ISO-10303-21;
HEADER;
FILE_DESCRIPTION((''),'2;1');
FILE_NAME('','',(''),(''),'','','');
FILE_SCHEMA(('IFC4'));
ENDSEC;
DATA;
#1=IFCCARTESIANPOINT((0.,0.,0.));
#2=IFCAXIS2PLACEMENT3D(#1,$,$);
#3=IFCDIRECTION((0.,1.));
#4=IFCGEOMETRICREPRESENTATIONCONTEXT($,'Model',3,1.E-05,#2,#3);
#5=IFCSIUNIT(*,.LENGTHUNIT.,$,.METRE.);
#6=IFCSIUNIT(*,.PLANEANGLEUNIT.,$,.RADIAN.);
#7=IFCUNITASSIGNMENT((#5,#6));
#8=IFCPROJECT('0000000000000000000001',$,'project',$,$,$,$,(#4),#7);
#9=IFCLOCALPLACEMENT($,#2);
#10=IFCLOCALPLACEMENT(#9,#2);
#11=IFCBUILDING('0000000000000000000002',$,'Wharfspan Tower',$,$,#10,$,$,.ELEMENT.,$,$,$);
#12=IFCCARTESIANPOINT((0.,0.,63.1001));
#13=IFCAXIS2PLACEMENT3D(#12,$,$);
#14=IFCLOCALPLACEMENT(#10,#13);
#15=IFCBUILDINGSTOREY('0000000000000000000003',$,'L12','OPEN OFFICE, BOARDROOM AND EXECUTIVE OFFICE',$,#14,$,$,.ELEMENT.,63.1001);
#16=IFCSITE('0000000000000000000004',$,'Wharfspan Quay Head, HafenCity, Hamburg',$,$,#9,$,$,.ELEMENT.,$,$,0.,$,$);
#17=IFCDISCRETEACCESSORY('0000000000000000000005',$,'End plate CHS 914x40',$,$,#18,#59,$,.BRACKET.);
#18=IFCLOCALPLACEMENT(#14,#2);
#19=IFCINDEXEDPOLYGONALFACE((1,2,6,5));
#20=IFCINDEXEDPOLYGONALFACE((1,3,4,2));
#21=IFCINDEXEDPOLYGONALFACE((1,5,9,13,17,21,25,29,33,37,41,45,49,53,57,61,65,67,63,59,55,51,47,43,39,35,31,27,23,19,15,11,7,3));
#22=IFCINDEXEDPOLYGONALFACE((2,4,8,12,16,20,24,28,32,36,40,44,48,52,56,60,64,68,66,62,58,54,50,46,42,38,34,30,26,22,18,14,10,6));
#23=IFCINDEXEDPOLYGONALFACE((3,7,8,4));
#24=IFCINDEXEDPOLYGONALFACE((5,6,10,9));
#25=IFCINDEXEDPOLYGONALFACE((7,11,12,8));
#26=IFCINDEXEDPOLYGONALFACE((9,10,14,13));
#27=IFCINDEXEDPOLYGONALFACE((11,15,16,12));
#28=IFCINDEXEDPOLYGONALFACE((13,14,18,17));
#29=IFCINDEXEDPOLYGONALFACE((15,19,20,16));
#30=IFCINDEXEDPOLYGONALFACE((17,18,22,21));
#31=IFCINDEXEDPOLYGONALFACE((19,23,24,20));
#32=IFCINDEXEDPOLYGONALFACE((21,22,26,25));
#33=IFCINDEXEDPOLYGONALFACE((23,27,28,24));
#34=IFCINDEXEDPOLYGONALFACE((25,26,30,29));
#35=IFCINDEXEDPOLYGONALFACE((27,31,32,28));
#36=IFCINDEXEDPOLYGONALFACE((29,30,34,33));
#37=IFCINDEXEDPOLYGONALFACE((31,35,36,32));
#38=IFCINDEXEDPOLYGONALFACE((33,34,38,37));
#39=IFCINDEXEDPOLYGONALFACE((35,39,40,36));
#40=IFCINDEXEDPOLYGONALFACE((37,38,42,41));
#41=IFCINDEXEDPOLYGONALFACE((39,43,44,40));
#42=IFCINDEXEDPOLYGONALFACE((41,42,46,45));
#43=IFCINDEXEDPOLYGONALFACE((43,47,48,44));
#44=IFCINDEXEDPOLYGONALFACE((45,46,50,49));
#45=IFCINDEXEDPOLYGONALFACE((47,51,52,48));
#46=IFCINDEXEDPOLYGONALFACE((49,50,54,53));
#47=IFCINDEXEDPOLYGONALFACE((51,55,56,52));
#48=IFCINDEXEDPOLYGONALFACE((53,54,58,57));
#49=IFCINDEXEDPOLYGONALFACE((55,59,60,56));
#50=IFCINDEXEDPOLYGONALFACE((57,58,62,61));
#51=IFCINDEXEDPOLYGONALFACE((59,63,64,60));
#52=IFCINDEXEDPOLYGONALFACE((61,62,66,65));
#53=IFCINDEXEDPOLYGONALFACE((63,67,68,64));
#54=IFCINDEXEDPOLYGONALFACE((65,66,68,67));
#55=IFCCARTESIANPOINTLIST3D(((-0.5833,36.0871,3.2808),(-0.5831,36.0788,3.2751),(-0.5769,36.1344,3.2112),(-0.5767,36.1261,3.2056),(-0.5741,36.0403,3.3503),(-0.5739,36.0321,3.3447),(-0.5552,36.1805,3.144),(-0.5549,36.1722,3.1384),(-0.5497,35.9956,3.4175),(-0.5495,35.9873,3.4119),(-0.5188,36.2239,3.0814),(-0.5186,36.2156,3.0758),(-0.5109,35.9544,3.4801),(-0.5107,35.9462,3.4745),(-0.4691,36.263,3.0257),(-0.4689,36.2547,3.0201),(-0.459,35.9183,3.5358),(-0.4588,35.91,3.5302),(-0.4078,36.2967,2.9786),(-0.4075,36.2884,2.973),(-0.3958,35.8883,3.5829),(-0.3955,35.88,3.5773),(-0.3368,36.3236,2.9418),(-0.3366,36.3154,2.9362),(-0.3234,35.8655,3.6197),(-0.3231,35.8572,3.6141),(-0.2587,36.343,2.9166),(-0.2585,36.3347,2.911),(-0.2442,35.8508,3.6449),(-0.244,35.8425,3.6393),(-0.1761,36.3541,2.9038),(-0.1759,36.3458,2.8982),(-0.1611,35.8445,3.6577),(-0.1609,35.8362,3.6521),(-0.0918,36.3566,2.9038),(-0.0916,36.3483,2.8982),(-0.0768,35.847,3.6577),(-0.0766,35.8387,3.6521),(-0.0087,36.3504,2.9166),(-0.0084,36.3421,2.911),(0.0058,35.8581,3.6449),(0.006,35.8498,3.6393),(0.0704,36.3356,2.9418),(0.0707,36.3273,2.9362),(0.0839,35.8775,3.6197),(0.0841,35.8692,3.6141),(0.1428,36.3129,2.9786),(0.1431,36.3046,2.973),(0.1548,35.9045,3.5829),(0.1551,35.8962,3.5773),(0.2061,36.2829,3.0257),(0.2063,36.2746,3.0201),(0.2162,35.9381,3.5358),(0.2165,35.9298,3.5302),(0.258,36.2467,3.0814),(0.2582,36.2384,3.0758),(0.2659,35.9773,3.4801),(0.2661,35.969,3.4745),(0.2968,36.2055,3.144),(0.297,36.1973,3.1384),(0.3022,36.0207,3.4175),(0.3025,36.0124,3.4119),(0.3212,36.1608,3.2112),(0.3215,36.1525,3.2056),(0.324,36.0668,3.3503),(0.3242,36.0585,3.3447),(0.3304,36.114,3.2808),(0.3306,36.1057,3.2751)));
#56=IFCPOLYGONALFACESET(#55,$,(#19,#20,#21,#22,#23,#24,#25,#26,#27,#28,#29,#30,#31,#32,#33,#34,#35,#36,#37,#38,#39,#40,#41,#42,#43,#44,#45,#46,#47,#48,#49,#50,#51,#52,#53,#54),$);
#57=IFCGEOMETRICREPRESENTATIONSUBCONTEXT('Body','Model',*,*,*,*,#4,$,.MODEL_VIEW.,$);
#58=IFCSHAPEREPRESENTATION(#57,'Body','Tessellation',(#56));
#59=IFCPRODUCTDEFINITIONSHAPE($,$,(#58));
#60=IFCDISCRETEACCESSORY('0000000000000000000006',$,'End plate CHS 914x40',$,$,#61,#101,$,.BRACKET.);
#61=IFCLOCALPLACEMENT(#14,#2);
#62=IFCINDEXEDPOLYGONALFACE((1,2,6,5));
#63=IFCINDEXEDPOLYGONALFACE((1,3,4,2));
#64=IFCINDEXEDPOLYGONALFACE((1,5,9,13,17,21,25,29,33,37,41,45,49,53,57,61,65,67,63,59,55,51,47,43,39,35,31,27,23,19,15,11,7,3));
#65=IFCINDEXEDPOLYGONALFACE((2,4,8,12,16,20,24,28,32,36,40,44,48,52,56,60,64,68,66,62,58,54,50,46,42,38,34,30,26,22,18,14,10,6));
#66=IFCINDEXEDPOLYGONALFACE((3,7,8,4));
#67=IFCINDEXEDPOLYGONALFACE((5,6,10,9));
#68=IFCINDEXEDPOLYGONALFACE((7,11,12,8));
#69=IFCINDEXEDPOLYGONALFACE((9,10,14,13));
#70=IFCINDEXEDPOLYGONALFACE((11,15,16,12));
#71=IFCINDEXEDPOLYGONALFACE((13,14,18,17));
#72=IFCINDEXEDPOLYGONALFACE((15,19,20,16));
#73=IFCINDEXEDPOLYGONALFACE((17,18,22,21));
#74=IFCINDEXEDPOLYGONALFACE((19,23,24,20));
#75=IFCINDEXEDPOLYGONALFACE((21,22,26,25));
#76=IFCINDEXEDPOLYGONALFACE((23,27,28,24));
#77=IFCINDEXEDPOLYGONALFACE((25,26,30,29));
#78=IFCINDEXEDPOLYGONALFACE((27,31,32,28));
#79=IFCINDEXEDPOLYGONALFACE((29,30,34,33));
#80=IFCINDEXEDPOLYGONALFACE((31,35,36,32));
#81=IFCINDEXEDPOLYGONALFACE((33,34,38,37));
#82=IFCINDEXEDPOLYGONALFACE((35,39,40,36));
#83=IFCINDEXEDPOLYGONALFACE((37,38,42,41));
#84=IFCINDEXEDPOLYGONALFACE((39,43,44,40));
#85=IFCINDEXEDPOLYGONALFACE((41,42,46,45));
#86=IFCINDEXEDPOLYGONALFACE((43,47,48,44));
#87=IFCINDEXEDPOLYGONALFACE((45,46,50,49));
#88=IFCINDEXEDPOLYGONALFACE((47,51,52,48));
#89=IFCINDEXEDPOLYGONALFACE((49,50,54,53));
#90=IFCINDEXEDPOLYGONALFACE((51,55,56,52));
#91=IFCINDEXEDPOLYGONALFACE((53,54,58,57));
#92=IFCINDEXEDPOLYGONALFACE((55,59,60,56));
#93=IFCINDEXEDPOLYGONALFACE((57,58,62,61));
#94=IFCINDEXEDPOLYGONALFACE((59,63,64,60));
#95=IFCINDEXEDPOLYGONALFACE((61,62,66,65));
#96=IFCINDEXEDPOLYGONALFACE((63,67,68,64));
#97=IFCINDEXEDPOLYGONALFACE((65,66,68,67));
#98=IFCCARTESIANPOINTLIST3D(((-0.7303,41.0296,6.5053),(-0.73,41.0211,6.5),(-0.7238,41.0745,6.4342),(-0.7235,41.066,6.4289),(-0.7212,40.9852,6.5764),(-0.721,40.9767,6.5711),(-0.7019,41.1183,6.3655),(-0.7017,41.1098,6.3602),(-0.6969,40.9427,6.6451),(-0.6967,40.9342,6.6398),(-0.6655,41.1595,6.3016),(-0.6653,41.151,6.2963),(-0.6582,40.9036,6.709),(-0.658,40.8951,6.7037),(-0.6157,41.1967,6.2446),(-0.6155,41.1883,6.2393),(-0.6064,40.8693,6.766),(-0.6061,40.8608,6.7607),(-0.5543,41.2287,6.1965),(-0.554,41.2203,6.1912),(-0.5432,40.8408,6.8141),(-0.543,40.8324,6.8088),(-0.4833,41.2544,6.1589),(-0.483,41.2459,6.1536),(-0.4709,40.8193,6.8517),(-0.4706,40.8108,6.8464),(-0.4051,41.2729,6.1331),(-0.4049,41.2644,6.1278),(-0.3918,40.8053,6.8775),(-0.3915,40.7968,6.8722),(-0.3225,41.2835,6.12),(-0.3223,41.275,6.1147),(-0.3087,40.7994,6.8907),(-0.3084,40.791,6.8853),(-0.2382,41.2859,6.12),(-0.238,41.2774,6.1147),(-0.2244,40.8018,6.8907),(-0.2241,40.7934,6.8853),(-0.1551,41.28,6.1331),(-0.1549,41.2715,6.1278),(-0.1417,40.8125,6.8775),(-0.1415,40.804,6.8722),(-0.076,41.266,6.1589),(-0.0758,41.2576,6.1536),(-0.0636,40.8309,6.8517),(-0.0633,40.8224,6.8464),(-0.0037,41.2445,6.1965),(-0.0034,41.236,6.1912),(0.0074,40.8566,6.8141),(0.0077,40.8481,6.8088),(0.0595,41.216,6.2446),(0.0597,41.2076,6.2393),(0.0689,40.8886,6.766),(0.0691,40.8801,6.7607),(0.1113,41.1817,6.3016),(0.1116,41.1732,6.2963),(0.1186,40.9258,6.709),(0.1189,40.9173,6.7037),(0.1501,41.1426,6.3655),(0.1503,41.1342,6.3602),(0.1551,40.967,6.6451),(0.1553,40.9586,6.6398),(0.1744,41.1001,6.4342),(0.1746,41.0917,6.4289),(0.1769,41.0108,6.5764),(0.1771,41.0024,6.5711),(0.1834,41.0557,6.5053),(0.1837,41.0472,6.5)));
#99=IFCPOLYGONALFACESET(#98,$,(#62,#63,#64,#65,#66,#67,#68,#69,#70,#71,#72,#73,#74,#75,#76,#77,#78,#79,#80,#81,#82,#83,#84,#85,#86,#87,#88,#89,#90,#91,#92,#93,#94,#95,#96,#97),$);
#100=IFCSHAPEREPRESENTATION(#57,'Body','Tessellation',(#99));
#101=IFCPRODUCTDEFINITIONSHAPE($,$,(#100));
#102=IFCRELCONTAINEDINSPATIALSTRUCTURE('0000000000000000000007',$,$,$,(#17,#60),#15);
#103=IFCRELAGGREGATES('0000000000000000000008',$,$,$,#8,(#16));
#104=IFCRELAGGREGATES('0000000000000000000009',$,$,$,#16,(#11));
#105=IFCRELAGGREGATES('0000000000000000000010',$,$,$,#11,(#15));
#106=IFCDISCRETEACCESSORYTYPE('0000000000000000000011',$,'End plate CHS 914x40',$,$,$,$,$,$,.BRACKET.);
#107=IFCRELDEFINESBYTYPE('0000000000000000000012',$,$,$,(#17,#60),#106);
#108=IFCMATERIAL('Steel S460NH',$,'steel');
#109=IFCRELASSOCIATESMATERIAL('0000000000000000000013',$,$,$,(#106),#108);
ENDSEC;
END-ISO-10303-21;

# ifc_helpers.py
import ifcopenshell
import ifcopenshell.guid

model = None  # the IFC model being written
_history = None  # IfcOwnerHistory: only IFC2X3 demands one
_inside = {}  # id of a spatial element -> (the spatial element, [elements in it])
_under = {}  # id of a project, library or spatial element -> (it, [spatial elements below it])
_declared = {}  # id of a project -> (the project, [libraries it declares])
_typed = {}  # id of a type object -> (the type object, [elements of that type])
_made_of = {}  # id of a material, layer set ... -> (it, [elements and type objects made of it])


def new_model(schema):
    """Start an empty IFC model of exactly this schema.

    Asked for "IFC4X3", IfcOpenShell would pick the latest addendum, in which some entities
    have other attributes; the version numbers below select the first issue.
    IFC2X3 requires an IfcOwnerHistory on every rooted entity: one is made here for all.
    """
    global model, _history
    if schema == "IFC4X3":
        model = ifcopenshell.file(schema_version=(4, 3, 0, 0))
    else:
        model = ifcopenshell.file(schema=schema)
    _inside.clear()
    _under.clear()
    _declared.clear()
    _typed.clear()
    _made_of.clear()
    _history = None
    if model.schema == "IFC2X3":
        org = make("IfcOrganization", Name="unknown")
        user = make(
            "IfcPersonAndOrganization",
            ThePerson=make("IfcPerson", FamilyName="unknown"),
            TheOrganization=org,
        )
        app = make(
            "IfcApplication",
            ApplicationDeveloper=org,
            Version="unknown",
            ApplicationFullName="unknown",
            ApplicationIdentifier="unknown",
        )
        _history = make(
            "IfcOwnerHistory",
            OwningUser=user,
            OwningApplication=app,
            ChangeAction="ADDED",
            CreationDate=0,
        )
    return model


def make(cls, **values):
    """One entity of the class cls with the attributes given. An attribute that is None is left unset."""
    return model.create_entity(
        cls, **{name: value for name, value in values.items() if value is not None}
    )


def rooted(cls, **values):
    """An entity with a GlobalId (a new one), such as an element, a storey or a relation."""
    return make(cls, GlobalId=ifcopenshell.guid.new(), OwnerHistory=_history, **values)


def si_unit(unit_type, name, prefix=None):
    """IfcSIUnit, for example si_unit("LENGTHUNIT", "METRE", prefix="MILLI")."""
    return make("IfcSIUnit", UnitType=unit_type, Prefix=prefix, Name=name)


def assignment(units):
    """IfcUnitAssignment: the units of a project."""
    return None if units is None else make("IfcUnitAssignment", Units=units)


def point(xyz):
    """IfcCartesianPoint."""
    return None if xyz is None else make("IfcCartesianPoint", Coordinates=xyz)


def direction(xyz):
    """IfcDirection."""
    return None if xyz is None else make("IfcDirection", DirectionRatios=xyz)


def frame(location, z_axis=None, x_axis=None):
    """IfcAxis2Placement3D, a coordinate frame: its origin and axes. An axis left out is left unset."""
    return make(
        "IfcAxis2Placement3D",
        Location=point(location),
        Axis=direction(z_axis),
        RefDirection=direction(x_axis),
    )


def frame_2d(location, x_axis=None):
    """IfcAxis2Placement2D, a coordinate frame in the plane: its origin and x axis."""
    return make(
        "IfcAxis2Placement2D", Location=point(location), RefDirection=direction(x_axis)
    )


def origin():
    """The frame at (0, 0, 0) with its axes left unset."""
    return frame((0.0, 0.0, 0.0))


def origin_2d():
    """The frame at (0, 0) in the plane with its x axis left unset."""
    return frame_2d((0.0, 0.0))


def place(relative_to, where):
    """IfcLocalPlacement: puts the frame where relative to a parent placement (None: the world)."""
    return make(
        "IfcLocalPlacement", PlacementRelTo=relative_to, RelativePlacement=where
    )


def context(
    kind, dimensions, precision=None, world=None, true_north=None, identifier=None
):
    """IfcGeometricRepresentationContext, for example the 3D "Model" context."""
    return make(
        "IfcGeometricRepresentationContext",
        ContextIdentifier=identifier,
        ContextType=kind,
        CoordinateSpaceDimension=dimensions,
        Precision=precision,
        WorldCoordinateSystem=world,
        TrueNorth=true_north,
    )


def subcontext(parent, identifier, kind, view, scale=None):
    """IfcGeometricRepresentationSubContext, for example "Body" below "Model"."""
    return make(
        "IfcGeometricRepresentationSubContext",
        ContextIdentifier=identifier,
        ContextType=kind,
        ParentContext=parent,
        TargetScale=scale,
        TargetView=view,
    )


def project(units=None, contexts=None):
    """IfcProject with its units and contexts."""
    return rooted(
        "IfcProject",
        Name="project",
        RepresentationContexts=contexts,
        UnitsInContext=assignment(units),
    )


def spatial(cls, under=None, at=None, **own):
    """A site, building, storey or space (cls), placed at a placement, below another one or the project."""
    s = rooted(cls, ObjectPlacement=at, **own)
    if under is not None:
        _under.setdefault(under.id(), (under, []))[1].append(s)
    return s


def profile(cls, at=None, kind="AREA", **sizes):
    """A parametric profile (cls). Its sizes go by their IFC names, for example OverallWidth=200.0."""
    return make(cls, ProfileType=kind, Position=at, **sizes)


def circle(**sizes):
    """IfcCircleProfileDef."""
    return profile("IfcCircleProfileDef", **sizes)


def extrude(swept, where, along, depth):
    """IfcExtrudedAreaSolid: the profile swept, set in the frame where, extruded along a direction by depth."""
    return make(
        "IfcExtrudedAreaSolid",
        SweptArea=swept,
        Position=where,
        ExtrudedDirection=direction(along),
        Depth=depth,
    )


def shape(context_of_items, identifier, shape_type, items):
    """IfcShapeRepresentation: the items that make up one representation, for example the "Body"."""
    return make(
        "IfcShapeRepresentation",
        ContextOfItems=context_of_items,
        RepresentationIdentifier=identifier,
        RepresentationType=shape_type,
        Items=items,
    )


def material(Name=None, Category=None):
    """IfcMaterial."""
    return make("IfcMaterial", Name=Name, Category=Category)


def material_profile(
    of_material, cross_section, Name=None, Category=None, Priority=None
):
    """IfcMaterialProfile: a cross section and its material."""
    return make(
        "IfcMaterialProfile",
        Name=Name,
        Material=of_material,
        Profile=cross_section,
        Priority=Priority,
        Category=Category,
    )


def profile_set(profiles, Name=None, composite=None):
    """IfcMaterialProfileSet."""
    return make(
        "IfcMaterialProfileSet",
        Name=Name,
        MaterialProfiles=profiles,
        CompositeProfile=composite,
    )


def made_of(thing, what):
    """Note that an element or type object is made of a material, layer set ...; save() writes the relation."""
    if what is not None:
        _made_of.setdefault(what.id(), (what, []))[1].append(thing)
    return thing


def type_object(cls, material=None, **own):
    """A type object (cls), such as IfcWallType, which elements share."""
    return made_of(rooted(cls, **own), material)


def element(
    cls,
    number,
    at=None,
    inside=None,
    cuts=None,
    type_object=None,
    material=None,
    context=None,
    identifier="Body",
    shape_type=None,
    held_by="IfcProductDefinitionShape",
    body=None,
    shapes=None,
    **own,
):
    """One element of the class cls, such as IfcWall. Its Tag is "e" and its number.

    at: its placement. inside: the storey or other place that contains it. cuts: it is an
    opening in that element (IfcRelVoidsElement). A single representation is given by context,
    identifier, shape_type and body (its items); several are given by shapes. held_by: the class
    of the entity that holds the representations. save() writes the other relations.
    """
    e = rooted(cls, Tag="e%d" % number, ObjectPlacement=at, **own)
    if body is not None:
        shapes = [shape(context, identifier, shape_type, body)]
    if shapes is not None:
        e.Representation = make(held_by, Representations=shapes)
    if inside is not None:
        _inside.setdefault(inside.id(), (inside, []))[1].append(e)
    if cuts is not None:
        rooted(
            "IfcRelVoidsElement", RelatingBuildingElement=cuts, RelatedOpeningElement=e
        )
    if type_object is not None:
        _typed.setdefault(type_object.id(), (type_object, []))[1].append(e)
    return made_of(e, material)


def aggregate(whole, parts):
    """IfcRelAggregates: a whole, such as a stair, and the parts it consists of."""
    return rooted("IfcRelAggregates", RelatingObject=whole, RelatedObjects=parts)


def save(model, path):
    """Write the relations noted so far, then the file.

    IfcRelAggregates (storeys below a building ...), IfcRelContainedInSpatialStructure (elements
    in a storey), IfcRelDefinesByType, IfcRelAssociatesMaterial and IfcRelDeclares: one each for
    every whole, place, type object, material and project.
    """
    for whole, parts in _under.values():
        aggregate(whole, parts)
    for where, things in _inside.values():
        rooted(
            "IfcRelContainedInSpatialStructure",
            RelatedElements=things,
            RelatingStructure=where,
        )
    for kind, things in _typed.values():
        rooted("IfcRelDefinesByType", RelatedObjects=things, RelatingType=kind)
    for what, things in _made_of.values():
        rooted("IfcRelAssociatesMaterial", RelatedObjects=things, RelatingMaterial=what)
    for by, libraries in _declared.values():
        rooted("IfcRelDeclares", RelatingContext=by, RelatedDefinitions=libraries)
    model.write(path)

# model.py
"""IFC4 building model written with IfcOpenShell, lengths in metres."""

from ifc_helpers import new_model, si_unit, direction, frame, origin, origin_2d, place, context, subcontext, project, spatial, circle, extrude, material, material_profile, profile_set, type_object, element, save


model = new_model("IFC4")

# Units and contexts
model_context = context("Model", 3, precision=1e-05, world=origin(), true_north=direction((0.0, 1.0)))
body_context = subcontext(model_context, "Body", "Model", "MODEL_VIEW")
ifc_project = project(units=[si_unit("LENGTHUNIT", "METRE"), si_unit("PLANEANGLEUNIT", "RADIAN")], contexts=[model_context])

# Site, building, storey
site_placement = place(None, origin())
site = spatial("IfcSite", under=ifc_project, at=site_placement, Name="Wharfspan Quay Head, HafenCity, Hamburg", CompositionType="ELEMENT", RefElevation=0.0)
building_placement = place(site_placement, origin())
building = spatial("IfcBuilding", under=site, at=building_placement, Name="Wharfspan Tower", CompositionType="ELEMENT")
storey_placement = place(building_placement, frame((0.0, 0.0, 63.1001)))
storey = spatial("IfcBuildingStorey", under=building, at=storey_placement, Name="L12", Description="OPEN OFFICE, BOARDROOM AND EXECUTIVE OFFICE", CompositionType="ELEMENT", Elevation=63.1001)

# Shared definitions
ifc_material_1 = material(Name="Steel S460NH", Category="steel")

# Discrete accessories
ifc_material_profile_1 = material_profile(ifc_material_1, circle(Radius=0.457, at=origin_2d()))
ifc_profile_set_1 = profile_set([ifc_material_profile_1], Name="Steel S460NH")
discrete_accessory_type = type_object("IfcDiscreteAccessoryType", Name="End plate CHS 914x40", PredefinedType="BRACKET", material=ifc_profile_set_1)
for number, where, z_axis, x_axis, name in (
    (1, (-0.1262, 36.0923, 3.2751), (-0.024354, 0.828038, 0.560143), (-0.999568, -0.029399, 0.0), "End plate CHS 914x40"),
    (2, (-0.2732, 41.0342, 6.5), (-0.024183, 0.846389, 0.532016), (-0.999594, -0.028561, 0.000001), "End plate CHS 914x40"),
):
    element("IfcDiscreteAccessory", number, at=place(storey_placement, frame(where, z_axis=z_axis, x_axis=x_axis)), inside=storey, type_object=discrete_accessory_type, Name=name, PredefinedType="BRACKET", context=body_context, shape_type="SweptSolid", body=[
        extrude(circle(Radius=0.457, at=origin_2d()), origin(), (0.0, 0.0, 1.0), 0.01),
    ])

save(model, "model.ifc")
